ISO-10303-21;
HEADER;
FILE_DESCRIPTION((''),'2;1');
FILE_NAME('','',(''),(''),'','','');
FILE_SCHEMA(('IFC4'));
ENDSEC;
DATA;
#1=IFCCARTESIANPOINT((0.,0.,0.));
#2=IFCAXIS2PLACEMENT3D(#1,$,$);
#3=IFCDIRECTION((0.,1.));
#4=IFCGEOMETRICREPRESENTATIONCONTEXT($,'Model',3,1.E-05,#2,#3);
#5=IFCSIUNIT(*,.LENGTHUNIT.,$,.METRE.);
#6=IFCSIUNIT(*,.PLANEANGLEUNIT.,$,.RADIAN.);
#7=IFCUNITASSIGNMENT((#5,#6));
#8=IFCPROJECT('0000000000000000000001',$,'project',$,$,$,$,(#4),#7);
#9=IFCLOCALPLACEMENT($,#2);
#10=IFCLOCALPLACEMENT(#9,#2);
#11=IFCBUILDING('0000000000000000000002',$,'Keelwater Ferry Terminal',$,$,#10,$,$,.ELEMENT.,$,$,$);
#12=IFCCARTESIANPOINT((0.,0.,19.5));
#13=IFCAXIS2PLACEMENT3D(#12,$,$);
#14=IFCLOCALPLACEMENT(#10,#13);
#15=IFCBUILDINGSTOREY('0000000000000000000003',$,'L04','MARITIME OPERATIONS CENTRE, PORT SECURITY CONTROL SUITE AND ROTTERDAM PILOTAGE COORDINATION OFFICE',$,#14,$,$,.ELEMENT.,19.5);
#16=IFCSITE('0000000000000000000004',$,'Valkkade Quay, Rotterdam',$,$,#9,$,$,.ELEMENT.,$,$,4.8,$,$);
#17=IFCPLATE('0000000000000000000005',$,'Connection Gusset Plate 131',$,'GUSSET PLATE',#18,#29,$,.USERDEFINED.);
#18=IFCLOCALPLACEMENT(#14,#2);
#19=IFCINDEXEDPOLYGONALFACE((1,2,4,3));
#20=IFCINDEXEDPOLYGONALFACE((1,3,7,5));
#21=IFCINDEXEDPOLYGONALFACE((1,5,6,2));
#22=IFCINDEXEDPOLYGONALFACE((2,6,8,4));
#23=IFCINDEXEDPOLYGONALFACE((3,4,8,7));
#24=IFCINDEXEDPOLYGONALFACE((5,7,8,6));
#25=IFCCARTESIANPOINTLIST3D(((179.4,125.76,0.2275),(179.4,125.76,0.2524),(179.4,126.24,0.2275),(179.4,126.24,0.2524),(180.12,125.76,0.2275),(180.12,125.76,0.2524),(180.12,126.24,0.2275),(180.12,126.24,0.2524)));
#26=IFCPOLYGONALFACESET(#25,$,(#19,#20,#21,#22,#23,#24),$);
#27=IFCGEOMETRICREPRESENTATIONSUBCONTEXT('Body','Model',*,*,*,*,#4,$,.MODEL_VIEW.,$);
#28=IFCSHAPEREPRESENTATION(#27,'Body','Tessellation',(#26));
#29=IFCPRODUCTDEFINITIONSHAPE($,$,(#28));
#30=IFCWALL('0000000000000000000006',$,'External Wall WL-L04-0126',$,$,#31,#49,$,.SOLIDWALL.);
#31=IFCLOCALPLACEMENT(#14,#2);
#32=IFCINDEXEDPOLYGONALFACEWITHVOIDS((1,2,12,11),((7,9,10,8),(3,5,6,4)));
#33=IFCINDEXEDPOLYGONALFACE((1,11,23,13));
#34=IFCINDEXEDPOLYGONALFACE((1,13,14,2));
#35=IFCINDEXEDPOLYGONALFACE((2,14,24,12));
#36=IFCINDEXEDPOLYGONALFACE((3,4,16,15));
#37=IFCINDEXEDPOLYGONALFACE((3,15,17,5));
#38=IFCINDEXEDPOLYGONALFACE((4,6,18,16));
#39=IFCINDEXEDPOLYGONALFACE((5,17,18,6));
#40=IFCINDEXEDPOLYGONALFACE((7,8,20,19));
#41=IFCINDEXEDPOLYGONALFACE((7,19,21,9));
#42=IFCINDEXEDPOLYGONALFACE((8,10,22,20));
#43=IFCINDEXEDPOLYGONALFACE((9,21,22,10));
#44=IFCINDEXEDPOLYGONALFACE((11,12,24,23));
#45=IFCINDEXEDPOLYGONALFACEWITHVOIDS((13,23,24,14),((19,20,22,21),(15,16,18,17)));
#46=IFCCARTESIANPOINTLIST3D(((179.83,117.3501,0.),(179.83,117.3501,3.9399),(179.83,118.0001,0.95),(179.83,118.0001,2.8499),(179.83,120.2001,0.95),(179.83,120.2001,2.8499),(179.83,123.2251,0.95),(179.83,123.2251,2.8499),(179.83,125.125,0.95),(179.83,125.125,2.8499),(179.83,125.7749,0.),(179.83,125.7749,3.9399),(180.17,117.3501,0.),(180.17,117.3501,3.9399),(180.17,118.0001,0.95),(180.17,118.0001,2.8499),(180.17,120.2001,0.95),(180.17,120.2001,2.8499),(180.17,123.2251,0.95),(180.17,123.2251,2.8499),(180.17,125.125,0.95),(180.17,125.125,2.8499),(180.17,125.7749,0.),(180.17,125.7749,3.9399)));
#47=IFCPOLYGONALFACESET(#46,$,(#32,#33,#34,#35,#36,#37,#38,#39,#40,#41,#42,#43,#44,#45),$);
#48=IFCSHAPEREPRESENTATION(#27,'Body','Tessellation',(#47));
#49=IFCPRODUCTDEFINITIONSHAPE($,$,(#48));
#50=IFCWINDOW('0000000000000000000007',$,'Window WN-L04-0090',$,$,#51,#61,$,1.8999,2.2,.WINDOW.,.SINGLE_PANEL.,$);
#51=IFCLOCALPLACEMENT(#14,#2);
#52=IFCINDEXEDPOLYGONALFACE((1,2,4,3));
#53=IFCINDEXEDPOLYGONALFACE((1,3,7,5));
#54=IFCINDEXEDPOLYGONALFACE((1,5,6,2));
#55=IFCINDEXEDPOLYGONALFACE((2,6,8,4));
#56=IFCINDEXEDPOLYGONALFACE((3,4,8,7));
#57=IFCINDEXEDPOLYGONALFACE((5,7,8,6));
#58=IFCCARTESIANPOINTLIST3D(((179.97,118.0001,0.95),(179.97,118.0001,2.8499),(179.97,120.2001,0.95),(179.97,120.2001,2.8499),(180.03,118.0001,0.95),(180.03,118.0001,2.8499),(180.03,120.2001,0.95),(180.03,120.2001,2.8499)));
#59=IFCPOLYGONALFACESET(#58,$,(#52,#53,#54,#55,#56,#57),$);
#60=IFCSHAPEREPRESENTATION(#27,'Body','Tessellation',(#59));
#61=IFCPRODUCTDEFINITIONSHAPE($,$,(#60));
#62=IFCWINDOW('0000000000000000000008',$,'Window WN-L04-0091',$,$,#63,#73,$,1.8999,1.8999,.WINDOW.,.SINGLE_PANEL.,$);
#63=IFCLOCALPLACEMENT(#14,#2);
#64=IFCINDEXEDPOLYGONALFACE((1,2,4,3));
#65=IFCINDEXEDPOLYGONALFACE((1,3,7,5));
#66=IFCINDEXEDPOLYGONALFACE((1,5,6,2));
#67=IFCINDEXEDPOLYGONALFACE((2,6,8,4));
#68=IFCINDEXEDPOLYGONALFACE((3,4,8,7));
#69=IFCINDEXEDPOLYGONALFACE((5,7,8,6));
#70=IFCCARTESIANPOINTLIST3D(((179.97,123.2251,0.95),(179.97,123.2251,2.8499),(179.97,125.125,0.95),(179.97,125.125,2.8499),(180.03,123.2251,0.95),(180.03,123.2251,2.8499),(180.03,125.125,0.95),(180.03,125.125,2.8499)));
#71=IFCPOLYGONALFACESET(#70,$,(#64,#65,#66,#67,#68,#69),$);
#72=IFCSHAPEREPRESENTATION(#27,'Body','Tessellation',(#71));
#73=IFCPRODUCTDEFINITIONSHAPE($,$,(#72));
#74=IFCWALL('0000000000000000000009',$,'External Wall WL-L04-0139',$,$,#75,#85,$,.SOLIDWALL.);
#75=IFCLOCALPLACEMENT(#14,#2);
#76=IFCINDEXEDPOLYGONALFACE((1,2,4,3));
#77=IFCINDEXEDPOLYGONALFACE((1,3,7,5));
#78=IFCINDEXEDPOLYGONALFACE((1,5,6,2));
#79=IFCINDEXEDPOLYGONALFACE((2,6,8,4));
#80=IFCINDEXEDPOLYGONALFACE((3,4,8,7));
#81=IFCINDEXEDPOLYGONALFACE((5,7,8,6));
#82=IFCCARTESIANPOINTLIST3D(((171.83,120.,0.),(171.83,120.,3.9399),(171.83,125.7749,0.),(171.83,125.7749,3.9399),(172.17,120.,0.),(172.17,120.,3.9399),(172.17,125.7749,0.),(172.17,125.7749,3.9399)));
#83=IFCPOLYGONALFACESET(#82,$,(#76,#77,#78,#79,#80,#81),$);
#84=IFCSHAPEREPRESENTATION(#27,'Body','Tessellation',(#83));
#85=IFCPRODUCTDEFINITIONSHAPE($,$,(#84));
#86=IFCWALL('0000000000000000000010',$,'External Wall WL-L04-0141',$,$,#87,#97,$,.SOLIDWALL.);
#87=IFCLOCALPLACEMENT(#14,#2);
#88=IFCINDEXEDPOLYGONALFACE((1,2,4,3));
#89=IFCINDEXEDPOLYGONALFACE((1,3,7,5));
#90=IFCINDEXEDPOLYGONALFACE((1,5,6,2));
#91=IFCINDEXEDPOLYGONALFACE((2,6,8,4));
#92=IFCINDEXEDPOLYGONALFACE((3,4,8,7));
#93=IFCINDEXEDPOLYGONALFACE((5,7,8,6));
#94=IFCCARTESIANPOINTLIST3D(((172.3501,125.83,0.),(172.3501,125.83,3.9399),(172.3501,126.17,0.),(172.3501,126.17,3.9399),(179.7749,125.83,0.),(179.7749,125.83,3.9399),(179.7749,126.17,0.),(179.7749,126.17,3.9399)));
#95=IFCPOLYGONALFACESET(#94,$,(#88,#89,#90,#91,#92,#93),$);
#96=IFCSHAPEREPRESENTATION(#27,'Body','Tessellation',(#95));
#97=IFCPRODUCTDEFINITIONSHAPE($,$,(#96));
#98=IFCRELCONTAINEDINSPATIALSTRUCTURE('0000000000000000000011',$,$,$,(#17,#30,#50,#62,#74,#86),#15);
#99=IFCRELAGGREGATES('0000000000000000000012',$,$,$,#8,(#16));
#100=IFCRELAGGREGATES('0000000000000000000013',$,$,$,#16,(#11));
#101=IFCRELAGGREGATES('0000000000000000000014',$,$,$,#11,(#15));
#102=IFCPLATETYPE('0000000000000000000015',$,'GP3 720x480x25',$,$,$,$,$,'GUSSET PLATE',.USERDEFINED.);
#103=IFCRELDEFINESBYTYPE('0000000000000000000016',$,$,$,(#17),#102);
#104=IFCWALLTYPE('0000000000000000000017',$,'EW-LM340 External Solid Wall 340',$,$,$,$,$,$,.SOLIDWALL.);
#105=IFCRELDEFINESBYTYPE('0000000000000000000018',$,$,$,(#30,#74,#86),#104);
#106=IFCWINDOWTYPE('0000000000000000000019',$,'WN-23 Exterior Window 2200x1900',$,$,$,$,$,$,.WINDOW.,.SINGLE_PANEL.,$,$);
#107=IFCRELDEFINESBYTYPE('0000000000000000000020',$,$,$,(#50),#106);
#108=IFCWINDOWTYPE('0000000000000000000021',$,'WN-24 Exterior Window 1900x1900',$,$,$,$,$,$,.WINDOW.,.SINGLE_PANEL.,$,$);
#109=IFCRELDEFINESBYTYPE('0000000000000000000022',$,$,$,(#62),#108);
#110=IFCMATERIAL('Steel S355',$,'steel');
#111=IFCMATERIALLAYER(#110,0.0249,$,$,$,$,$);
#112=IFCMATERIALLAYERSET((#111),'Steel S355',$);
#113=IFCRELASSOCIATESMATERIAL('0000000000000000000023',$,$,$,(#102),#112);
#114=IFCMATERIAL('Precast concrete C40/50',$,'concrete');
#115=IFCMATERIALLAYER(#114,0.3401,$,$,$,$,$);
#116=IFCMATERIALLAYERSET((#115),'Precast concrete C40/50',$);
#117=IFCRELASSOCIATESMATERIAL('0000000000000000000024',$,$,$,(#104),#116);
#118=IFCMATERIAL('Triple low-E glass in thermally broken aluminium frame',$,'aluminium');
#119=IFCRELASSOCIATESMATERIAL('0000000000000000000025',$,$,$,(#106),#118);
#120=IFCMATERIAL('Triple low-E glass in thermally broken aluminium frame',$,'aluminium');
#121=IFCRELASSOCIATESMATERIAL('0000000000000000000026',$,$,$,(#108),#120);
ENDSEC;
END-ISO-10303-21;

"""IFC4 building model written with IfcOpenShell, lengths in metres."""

from ifc_helpers import new_model, si_unit, direction, frame, frame_2d, origin, origin_2d, place, context, subcontext, project, spatial, rectangle, extrude, material, layer, layer_set, type_object, element, fill, save


model = new_model("IFC4")

# Units and contexts
model_context = context("Model", 3, precision=1e-05, world=origin(), true_north=direction((0.0, 1.0)))
body_context = subcontext(model_context, "Body", "Model", "MODEL_VIEW")
ifc_project = project(units=[si_unit("LENGTHUNIT", "METRE"), si_unit("PLANEANGLEUNIT", "RADIAN")], contexts=[model_context])

# Site, building, storey
site_placement = place(None, origin())
site = spatial("IfcSite", under=ifc_project, at=site_placement, Name="Valkkade Quay, Rotterdam", CompositionType="ELEMENT", RefElevation=4.8)
building_placement = place(site_placement, origin())
building = spatial("IfcBuilding", under=site, at=building_placement, Name="Keelwater Ferry Terminal", CompositionType="ELEMENT")
storey_placement = place(building_placement, frame((0.0, 0.0, 19.5)))
storey = spatial("IfcBuildingStorey", under=building, at=storey_placement, Name="L04", Description="MARITIME OPERATIONS CENTRE, PORT SECURITY CONTROL SUITE AND ROTTERDAM PILOTAGE COORDINATION OFFICE", CompositionType="ELEMENT", Elevation=19.5)

# Plate
ifc_material_1 = material(Name="Steel S355", Category="steel")
ifc_layer_1 = layer(ifc_material_1, 0.0249)
ifc_layer_set_1 = layer_set([ifc_layer_1], Name="Steel S355")
plate_type_1 = type_object("IfcPlateType", Name="GP3 720x480x25", ElementType="GUSSET PLATE", PredefinedType="USERDEFINED", material=ifc_layer_set_1)
for number, where, z_axis, x_axis, name in (
    (1, (179.76, 126.0, 0.2275), (0.0, 0.0, 1.0), (1.0, 0.0, 0.0), "Connection Gusset Plate 131"),
):
    element("IfcPlate", number, at=place(storey_placement, frame(where, z_axis=z_axis, x_axis=x_axis)), inside=storey, type_object=plate_type_1, Name=name, ObjectType="GUSSET PLATE", PredefinedType="USERDEFINED", context=body_context, shape_type="SweptSolid", body=[
        extrude(rectangle(XDim=0.72, YDim=0.48, at=origin_2d()), origin(), (0.0, 0.0, 1.0), 0.0249),
    ])

# Wall, openings, windows
ifc_material_2 = material(Name="Precast concrete C40/50", Category="concrete")
ifc_layer_2 = layer(ifc_material_2, 0.3401)
ifc_layer_set_2 = layer_set([ifc_layer_2], Name="Precast concrete C40/50")
wall_type = type_object("IfcWallType", Name="EW-LM340 External Solid Wall 340", PredefinedType="SOLIDWALL", material=ifc_layer_set_2)
wall_1_placement = place(storey_placement, frame((180.0, 117.3501, 0.0), z_axis=(0.0, 0.0, 1.0), x_axis=(0.0, 1.0, 0.0)))
wall_1 = element("IfcWall", 2, at=wall_1_placement, inside=storey, type_object=wall_type, Name="External Wall WL-L04-0126", PredefinedType="SOLIDWALL", context=body_context, shape_type="SweptSolid", body=[
    extrude(rectangle(XDim=8.4248, YDim=0.3401, at=frame_2d((4.2124, 0.0))), origin(), (0.0, 0.0, 1.0), 3.9399),
])
opening_1_placement = place(wall_1_placement, frame((0.6499, 0.0, 0.95)))
opening_1 = element("IfcOpeningElement", 3, at=opening_1_placement, cuts=wall_1, PredefinedType="OPENING", context=body_context, shape_type="SweptSolid", body=[
    extrude(rectangle(XDim=2.2, YDim=1.8999, at=frame_2d((1.1001, 0.95))), frame((0.0, 0.1799, 0.0), z_axis=(0.0, -1.0, 0.0), x_axis=(1.0, 0.0, 0.0)), (0.0, 0.0, 1.0), 0.3601),
])
opening_2_placement = place(wall_1_placement, frame((5.875, 0.0, 0.95)))
opening_2 = element("IfcOpeningElement", 4, at=opening_2_placement, cuts=wall_1, PredefinedType="OPENING", context=body_context, shape_type="SweptSolid", body=[
    extrude(rectangle(XDim=1.8999, YDim=1.8999, at=frame_2d((0.95, 0.95))), frame((0.0, 0.1799, 0.0), z_axis=(0.0, -1.0, 0.0), x_axis=(1.0, 0.0, 0.0)), (0.0, 0.0, 1.0), 0.3601),
])
ifc_material_3 = material(Name="Triple low-E glass in thermally broken aluminium frame", Category="aluminium")
window_type_1 = type_object("IfcWindowType", Name="WN-23 Exterior Window 2200x1900", PartitioningType="SINGLE_PANEL", PredefinedType="WINDOW", material=ifc_material_3)
window_1_placement = place(opening_1_placement, origin())
window_1 = element("IfcWindow", 5, at=window_1_placement, inside=storey, type_object=window_type_1, Name="Window WN-L04-0090", OverallHeight=1.8999, OverallWidth=2.2, PartitioningType="SINGLE_PANEL", PredefinedType="WINDOW", context=body_context, shape_type="SweptSolid", body=[
    extrude(rectangle(XDim=2.2, YDim=1.8999, at=frame_2d((1.1001, 0.95))), frame((0.0, 0.03, 0.0), z_axis=(0.0, -1.0, 0.0), x_axis=(1.0, 0.0, 0.0)), (0.0, 0.0, 1.0), 0.0601),
])
fill(opening_1, window_1)
ifc_material_4 = material(Name="Triple low-E glass in thermally broken aluminium frame", Category="aluminium")
window_type_2 = type_object("IfcWindowType", Name="WN-24 Exterior Window 1900x1900", PartitioningType="SINGLE_PANEL", PredefinedType="WINDOW", material=ifc_material_4)
window_2_placement = place(opening_2_placement, origin())
window_2 = element("IfcWindow", 6, at=window_2_placement, inside=storey, type_object=window_type_2, Name="Window WN-L04-0091", OverallHeight=1.8999, OverallWidth=1.8999, PartitioningType="SINGLE_PANEL", PredefinedType="WINDOW", context=body_context, shape_type="SweptSolid", body=[
    extrude(rectangle(XDim=1.8999, YDim=1.8999, at=frame_2d((0.95, 0.95))), frame((0.0, 0.03, 0.0), z_axis=(0.0, -1.0, 0.0), x_axis=(1.0, 0.0, 0.0)), (0.0, 0.0, 1.0), 0.0601),
])
fill(opening_2, window_2)

# Walls
wall_2_placement = place(storey_placement, frame((172.0, 120.0, 0.0), z_axis=(0.0, 0.0, 1.0), x_axis=(0.0, 1.0, 0.0)))
element("IfcWall", 7, at=wall_2_placement, inside=storey, type_object=wall_type, Name="External Wall WL-L04-0139", PredefinedType="SOLIDWALL", context=body_context, shape_type="SweptSolid", body=[
    extrude(rectangle(XDim=5.7749, YDim=0.3401, at=frame_2d((2.8875, 0.0))), origin(), (0.0, 0.0, 1.0), 3.9399),
])
wall_3_placement = place(storey_placement, frame((172.3501, 126.0, 0.0), z_axis=(0.0, 0.0, 1.0), x_axis=(1.0, 0.0, 0.0)))
element("IfcWall", 8, at=wall_3_placement, inside=storey, type_object=wall_type, Name="External Wall WL-L04-0141", PredefinedType="SOLIDWALL", context=body_context, shape_type="SweptSolid", body=[
    extrude(rectangle(XDim=7.4248, YDim=0.3401, at=frame_2d((3.7124, 0.0))), origin(), (0.0, 0.0, 1.0), 3.9399),
])

save(model, "model.ifc")
